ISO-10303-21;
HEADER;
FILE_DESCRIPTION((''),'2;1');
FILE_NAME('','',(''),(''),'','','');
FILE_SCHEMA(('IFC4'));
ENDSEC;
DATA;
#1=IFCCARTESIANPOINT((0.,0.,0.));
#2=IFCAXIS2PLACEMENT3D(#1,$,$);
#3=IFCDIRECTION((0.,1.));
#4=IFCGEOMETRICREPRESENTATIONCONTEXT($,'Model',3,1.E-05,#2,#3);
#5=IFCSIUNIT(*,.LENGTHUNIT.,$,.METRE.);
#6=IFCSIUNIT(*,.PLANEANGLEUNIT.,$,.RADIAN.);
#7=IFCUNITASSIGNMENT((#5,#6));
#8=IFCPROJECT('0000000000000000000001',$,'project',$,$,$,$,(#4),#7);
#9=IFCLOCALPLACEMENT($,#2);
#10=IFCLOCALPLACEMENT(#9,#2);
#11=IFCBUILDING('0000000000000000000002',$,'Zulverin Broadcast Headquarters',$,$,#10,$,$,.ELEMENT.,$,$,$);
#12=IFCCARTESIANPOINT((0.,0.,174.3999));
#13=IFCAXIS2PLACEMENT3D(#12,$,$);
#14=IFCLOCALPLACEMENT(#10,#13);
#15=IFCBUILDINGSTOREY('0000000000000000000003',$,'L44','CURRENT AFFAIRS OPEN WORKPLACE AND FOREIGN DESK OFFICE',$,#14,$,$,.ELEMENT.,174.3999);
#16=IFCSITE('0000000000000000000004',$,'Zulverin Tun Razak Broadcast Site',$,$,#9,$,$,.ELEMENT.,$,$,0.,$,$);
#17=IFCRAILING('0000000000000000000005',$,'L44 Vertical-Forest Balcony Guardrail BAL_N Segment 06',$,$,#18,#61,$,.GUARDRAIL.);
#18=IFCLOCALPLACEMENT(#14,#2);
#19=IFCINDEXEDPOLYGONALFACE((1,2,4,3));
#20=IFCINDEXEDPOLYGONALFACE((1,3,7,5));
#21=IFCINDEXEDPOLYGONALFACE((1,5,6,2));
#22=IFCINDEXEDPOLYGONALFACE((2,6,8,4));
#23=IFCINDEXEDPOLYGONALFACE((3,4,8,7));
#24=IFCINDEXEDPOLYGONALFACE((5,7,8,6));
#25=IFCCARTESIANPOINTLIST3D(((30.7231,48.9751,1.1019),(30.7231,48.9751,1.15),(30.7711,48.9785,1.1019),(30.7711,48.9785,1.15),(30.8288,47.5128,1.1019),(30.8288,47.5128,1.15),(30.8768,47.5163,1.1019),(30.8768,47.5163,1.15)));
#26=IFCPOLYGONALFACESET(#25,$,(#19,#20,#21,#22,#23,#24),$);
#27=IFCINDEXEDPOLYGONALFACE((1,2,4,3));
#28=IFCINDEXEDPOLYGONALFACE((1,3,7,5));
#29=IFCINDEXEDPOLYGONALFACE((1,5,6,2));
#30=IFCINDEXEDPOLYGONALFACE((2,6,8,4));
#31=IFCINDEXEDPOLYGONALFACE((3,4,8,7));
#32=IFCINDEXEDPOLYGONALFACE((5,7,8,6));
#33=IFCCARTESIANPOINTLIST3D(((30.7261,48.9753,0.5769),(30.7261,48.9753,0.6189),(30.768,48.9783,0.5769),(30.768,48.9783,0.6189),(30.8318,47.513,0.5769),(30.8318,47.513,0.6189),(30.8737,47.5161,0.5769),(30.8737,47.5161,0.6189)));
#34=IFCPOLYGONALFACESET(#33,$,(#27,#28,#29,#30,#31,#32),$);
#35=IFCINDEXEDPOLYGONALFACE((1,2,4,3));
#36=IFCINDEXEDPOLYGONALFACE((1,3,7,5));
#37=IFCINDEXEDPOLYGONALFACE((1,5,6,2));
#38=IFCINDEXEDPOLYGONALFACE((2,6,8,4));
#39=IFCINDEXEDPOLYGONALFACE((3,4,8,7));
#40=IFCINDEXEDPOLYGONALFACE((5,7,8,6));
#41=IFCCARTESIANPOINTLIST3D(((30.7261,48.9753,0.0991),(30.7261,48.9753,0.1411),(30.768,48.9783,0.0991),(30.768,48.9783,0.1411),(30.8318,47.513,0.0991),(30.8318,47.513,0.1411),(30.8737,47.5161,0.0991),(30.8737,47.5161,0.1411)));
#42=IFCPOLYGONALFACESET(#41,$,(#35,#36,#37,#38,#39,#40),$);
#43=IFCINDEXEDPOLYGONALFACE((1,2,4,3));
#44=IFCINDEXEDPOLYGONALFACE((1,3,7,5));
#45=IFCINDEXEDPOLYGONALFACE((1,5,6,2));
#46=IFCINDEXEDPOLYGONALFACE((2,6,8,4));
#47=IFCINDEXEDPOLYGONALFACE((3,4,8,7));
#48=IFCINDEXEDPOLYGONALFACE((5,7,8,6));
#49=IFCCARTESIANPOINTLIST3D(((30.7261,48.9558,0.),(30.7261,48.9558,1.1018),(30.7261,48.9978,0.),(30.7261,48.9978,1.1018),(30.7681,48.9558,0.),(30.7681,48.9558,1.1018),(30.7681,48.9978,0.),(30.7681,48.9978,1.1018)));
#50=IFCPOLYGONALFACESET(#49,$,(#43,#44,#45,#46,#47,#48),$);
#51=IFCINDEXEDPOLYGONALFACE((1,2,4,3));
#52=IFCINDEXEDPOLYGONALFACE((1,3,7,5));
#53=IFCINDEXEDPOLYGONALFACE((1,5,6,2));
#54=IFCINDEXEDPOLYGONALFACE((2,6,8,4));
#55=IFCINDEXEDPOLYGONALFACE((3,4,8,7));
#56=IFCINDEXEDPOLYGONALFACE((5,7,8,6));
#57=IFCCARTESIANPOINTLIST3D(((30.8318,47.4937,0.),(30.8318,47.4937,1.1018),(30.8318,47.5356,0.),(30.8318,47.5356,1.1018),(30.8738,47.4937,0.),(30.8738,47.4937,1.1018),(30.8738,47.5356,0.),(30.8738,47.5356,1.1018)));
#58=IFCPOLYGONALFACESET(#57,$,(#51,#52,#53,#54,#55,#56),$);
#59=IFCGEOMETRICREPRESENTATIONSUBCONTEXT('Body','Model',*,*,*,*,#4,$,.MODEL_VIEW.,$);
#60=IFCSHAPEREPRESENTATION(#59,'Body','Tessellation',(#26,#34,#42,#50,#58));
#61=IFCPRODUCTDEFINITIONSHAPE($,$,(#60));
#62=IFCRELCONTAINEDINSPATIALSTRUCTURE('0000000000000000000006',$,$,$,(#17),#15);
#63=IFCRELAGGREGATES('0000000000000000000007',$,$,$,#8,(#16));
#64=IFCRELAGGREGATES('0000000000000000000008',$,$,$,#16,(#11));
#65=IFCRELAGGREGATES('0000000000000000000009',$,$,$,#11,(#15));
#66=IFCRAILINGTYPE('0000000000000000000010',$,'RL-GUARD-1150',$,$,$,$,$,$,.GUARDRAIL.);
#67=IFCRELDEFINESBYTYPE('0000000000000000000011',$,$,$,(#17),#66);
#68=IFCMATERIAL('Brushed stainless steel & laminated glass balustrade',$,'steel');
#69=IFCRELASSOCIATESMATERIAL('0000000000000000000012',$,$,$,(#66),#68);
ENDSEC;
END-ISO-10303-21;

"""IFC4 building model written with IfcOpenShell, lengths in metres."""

from ifc_helpers import new_model, si_unit, direction, frame, origin, origin_2d, place, context, subcontext, project, spatial, rectangle, extrude, material, type_object, element, save


model = new_model("IFC4")

# Units and contexts
model_context = context("Model", 3, precision=1e-05, world=origin(), true_north=direction((0.0, 1.0)))
body_context = subcontext(model_context, "Body", "Model", "MODEL_VIEW")
ifc_project = project(units=[si_unit("LENGTHUNIT", "METRE"), si_unit("PLANEANGLEUNIT", "RADIAN")], contexts=[model_context])

# Site, building, storey
site_placement = place(None, origin())
site = spatial("IfcSite", under=ifc_project, at=site_placement, Name="Zulverin Tun Razak Broadcast Site", CompositionType="ELEMENT", RefElevation=0.0)
building_placement = place(site_placement, origin())
building = spatial("IfcBuilding", under=site, at=building_placement, Name="Zulverin Broadcast Headquarters", CompositionType="ELEMENT")
storey_placement = place(building_placement, frame((0.0, 0.0, 174.3999)))
storey = spatial("IfcBuildingStorey", under=building, at=storey_placement, Name="L44", Description="CURRENT AFFAIRS OPEN WORKPLACE AND FOREIGN DESK OFFICE", CompositionType="ELEMENT", Elevation=174.3999)

# Railing
ifc_material_1 = material(Name="Brushed stainless steel & laminated glass balustrade", Category="steel")
railing_type = type_object("IfcRailingType", Name="RL-GUARD-1150", PredefinedType="GUARDRAIL", material=ifc_material_1)
railing_1_placement = place(storey_placement, frame((30.7471, 48.9768, 0.0)))
element("IfcRailing", 1, at=railing_1_placement, inside=storey, type_object=railing_type, Name="L44 Vertical-Forest Balcony Guardrail BAL_N Segment 06", PredefinedType="GUARDRAIL", context=body_context, shape_type="SweptSolid", body=[
    extrude(rectangle(XDim=0.0481, YDim=0.0481, at=origin_2d()), frame((0.0, 0.0, 1.126), z_axis=(0.072111, -0.997397, 0.0), x_axis=(0.997397, 0.072111, 0.0)), (0.0, 0.0, 1.0), 1.4661),
    extrude(rectangle(XDim=0.042, YDim=0.042, at=origin_2d()), frame((0.0, 0.0, 0.5979), z_axis=(0.072111, -0.997397, 0.0), x_axis=(0.997397, 0.072111, 0.0)), (0.0, 0.0, 1.0), 1.4661),
    extrude(rectangle(XDim=0.042, YDim=0.042, at=origin_2d()), frame((0.0, 0.0, 0.1201), z_axis=(0.072111, -0.997397, 0.0), x_axis=(0.997397, 0.072111, 0.0)), (0.0, 0.0, 1.0), 1.4661),
    extrude(rectangle(XDim=0.042, YDim=0.042, at=origin_2d()), origin(), (0.0, 0.0, 1.0), 1.1018),
    extrude(rectangle(XDim=0.042, YDim=0.042, at=origin_2d()), frame((0.1057, -1.4622, 0.0)), (0.0, 0.0, 1.0), 1.1018),
])

save(model, "model.ifc")
